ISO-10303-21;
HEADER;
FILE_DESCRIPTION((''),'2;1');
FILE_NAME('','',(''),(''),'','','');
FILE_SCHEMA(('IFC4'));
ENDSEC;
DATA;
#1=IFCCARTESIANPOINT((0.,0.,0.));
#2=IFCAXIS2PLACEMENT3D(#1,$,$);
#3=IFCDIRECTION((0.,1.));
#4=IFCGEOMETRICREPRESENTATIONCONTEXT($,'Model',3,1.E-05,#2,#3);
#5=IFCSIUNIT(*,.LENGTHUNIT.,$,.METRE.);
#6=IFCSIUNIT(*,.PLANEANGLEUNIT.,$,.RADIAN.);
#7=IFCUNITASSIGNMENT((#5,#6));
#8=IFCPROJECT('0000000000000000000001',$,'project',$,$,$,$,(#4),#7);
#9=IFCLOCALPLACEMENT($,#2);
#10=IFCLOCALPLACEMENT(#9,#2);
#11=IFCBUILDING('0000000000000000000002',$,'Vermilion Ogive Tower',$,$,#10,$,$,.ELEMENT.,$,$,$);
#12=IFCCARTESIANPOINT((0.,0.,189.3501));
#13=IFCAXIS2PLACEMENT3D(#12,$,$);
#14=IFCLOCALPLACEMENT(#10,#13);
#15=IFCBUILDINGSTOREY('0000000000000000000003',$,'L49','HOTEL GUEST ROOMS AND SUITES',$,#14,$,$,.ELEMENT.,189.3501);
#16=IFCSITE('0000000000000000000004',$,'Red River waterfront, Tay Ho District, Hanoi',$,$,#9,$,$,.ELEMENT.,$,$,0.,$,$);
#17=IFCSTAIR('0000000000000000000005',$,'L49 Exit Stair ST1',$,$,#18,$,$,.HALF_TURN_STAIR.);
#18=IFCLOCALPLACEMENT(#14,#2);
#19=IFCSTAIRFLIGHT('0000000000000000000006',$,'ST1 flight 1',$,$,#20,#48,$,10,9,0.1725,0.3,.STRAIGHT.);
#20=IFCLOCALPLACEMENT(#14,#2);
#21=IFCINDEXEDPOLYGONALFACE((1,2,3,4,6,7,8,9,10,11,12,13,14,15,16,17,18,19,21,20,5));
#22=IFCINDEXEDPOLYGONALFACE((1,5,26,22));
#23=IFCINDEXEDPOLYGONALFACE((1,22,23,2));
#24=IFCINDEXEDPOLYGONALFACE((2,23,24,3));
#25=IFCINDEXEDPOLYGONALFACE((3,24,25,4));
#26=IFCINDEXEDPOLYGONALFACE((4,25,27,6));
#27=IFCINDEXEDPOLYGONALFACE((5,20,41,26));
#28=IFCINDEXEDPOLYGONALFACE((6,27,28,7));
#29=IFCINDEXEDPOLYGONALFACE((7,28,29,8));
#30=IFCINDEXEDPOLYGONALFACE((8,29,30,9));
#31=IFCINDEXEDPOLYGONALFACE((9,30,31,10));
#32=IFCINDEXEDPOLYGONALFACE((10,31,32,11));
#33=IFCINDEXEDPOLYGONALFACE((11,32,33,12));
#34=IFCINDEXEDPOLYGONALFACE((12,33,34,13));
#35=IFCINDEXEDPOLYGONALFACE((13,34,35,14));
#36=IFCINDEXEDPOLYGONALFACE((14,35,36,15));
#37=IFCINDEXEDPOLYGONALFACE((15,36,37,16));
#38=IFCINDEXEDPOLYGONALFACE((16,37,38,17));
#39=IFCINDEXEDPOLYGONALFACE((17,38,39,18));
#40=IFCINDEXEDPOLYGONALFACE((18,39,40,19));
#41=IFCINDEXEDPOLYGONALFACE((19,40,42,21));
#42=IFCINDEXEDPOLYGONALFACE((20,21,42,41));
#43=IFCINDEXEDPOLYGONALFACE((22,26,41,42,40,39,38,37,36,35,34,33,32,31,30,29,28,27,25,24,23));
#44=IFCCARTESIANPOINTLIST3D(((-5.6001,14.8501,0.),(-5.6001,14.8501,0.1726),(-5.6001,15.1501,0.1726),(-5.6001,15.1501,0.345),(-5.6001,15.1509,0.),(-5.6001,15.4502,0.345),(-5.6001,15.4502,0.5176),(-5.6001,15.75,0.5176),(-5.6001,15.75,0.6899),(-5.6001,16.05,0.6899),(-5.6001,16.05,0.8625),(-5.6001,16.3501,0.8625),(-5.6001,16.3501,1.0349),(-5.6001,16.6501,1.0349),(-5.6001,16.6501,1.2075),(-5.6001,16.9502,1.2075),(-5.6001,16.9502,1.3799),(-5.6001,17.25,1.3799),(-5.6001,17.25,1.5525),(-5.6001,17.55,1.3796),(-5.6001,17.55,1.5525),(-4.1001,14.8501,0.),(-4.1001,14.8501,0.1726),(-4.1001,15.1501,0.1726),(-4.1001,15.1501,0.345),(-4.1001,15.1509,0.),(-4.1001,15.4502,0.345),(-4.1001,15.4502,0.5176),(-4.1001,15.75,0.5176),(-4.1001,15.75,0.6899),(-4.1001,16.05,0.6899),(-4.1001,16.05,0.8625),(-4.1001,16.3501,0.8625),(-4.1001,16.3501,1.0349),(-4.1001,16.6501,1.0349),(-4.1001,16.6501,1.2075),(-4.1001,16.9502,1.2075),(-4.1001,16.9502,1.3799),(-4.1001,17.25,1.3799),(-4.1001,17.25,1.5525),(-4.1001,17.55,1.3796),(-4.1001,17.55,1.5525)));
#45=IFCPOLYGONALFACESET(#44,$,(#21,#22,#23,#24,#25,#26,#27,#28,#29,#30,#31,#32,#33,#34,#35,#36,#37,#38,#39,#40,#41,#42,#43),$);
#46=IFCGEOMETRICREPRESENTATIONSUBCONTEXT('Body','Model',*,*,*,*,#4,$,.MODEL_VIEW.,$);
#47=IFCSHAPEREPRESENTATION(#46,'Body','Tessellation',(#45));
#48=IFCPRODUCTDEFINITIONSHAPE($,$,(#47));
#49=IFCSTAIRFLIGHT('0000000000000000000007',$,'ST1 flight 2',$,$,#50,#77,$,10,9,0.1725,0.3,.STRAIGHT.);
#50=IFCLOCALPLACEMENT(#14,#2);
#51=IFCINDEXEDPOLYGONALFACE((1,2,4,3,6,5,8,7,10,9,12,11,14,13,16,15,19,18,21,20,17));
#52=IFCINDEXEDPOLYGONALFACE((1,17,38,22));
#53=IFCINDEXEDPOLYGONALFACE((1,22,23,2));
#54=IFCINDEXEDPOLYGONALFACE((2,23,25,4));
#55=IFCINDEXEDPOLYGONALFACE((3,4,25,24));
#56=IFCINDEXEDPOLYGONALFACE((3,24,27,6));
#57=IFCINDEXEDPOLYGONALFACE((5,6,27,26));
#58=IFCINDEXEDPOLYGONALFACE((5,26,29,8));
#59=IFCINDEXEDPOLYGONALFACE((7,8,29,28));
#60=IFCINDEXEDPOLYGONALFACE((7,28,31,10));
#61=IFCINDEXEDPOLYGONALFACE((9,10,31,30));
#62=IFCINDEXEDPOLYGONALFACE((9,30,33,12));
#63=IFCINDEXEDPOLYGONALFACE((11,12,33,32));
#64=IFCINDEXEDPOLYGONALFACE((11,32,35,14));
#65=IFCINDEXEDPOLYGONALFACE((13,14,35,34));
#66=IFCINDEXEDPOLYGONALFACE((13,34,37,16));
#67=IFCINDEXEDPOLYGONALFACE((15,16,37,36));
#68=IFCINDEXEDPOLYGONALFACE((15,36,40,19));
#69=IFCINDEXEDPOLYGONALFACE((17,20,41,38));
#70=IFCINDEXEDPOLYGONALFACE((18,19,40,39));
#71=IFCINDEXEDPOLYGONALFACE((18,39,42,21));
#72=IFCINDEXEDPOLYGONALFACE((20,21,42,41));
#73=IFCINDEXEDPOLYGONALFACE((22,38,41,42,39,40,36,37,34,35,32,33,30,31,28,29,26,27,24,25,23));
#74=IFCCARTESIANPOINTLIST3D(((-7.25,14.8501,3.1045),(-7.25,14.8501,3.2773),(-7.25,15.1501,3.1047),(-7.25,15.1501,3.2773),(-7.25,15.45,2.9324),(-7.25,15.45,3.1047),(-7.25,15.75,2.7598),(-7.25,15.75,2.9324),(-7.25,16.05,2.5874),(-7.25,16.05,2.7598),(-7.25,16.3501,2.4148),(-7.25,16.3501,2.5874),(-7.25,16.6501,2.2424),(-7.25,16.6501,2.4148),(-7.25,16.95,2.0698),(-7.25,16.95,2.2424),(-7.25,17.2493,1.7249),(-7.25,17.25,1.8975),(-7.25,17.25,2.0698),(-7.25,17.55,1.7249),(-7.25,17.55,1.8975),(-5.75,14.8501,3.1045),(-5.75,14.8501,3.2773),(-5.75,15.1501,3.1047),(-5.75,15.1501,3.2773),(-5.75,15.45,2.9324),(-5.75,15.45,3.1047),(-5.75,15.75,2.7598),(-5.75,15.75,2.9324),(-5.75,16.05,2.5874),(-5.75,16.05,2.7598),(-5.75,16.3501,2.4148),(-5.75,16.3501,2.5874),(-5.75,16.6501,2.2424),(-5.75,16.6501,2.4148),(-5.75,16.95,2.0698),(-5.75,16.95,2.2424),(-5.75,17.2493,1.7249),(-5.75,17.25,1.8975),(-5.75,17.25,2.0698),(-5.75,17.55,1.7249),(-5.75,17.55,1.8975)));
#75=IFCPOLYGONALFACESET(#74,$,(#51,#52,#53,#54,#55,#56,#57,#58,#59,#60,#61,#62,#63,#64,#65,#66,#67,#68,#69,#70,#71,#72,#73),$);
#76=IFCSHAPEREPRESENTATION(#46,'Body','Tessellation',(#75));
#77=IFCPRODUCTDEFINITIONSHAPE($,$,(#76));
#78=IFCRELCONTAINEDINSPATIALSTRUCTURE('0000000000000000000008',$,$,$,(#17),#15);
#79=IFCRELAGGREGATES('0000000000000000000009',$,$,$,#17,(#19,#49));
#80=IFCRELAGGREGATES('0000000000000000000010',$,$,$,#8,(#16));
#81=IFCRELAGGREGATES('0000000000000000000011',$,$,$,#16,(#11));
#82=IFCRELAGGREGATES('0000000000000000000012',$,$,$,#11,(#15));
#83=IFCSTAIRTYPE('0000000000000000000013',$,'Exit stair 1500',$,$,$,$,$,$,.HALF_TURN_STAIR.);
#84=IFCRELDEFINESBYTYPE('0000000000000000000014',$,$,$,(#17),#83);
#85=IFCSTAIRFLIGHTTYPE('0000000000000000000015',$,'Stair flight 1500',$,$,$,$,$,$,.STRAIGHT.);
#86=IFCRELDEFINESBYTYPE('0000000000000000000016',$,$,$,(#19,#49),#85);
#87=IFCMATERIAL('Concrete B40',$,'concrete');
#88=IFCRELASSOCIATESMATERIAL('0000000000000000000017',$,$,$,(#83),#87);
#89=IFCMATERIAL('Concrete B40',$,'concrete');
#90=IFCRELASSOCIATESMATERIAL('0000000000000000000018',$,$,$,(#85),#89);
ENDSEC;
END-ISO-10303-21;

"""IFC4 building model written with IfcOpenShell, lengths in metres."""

from ifc_helpers import new_model, si_unit, direction, frame, origin, place, context, subcontext, project, spatial, polyline, outline, extrude, material, type_object, element, aggregate, save


model = new_model("IFC4")

# Units and contexts
model_context = context("Model", 3, precision=1e-05, world=origin(), true_north=direction((0.0, 1.0)))
body_context = subcontext(model_context, "Body", "Model", "MODEL_VIEW")
ifc_project = project(units=[si_unit("LENGTHUNIT", "METRE"), si_unit("PLANEANGLEUNIT", "RADIAN")], contexts=[model_context])

# Site, building, storey
site_placement = place(None, origin())
site = spatial("IfcSite", under=ifc_project, at=site_placement, Name="Red River waterfront, Tay Ho District, Hanoi", CompositionType="ELEMENT", RefElevation=0.0)
building_placement = place(site_placement, origin())
building = spatial("IfcBuilding", under=site, at=building_placement, Name="Vermilion Ogive Tower", CompositionType="ELEMENT")
storey_placement = place(building_placement, frame((0.0, 0.0, 189.3501)))
storey = spatial("IfcBuildingStorey", under=building, at=storey_placement, Name="L49", Description="HOTEL GUEST ROOMS AND SUITES", CompositionType="ELEMENT", Elevation=189.3501)

# Stair, stair flights
ifc_material_1 = material(Name="Concrete B40", Category="concrete")
stair_type = type_object("IfcStairType", Name="Exit stair 1500", PredefinedType="HALF_TURN_STAIR", material=ifc_material_1)
stair_placement = place(storey_placement, origin())
stair = element("IfcStair", 1, at=stair_placement, inside=storey, type_object=stair_type, Name="L49 Exit Stair ST1", PredefinedType="HALF_TURN_STAIR")
ifc_material_2 = material(Name="Concrete B40", Category="concrete")
stair_flight_type = type_object("IfcStairFlightType", Name="Stair flight 1500", PredefinedType="STRAIGHT", material=ifc_material_2)
stair_flight_1_placement = place(storey_placement, frame((-4.8501, 14.8501, 0.0), z_axis=(0.0, 0.0, 1.0), x_axis=(0.0, 1.0, 0.0)))
stair_flight_1 = element("IfcStairFlight", 2, at=stair_flight_1_placement, type_object=stair_flight_type, Name="ST1 flight 1", NumberOfRisers=10, NumberOfTreads=9, PredefinedType="STRAIGHT", RiserHeight=0.1725, TreadLength=0.3, context=body_context, shape_type="SweptSolid", body=[
    extrude(outline(polyline([(0.0, 0.0), (0.0, 0.1726), (0.3, 0.1726), (0.3, 0.345), (0.6001, 0.345), (0.6001, 0.5176), (0.8999, 0.5176), (0.8999, 0.6899), (1.2, 0.6899), (1.2, 0.8625), (1.5, 0.8625), (1.5, 1.0349), (1.8, 1.0349), (1.8, 1.2075), (2.1001, 1.2075), (2.1001, 1.3799), (2.3999, 1.3799), (2.3999, 1.5525), (2.7, 1.5525), (2.7, 1.7251), (2.7, 1.3796), (0.3008, 0.0), (0.0, 0.0)])), frame((0.0, 0.75, 0.0), z_axis=(0.0, -1.0, 0.0), x_axis=(1.0, 0.0, 0.0)), (0.0, 0.0, 1.0), 1.5),
])
stair_flight_2_placement = place(storey_placement, frame((-6.5, 17.55, 1.7249), z_axis=(0.0, 0.0, 1.0), x_axis=(0.0, -1.0, 0.0)))
stair_flight_2 = element("IfcStairFlight", 3, at=stair_flight_2_placement, type_object=stair_flight_type, Name="ST1 flight 2", NumberOfRisers=10, NumberOfTreads=9, PredefinedType="STRAIGHT", RiserHeight=0.1725, TreadLength=0.3, context=body_context, shape_type="SweptSolid", body=[
    extrude(outline(polyline([(0.0, 0.0), (0.0, 0.1726), (0.3, 0.1726), (0.3, 0.345), (0.6001, 0.345), (0.6001, 0.5176), (0.8999, 0.5176), (0.8999, 0.6899), (1.2, 0.6899), (1.2, 0.8625), (1.5, 0.8625), (1.5, 1.0349), (1.8, 1.0349), (1.8, 1.2075), (2.1001, 1.2075), (2.1001, 1.3799), (2.3999, 1.3799), (2.3999, 1.5525), (2.7, 1.5525), (2.7, 1.7251), (2.7, 1.3796), (0.3008, 0.0), (0.0, 0.0)])), frame((0.0, 0.75, 0.0), z_axis=(0.0, -1.0, 0.0), x_axis=(1.0, 0.0, 0.0)), (0.0, 0.0, 1.0), 1.5),
])
aggregate(stair, [stair_flight_1, stair_flight_2])

save(model, "model.ifc")
